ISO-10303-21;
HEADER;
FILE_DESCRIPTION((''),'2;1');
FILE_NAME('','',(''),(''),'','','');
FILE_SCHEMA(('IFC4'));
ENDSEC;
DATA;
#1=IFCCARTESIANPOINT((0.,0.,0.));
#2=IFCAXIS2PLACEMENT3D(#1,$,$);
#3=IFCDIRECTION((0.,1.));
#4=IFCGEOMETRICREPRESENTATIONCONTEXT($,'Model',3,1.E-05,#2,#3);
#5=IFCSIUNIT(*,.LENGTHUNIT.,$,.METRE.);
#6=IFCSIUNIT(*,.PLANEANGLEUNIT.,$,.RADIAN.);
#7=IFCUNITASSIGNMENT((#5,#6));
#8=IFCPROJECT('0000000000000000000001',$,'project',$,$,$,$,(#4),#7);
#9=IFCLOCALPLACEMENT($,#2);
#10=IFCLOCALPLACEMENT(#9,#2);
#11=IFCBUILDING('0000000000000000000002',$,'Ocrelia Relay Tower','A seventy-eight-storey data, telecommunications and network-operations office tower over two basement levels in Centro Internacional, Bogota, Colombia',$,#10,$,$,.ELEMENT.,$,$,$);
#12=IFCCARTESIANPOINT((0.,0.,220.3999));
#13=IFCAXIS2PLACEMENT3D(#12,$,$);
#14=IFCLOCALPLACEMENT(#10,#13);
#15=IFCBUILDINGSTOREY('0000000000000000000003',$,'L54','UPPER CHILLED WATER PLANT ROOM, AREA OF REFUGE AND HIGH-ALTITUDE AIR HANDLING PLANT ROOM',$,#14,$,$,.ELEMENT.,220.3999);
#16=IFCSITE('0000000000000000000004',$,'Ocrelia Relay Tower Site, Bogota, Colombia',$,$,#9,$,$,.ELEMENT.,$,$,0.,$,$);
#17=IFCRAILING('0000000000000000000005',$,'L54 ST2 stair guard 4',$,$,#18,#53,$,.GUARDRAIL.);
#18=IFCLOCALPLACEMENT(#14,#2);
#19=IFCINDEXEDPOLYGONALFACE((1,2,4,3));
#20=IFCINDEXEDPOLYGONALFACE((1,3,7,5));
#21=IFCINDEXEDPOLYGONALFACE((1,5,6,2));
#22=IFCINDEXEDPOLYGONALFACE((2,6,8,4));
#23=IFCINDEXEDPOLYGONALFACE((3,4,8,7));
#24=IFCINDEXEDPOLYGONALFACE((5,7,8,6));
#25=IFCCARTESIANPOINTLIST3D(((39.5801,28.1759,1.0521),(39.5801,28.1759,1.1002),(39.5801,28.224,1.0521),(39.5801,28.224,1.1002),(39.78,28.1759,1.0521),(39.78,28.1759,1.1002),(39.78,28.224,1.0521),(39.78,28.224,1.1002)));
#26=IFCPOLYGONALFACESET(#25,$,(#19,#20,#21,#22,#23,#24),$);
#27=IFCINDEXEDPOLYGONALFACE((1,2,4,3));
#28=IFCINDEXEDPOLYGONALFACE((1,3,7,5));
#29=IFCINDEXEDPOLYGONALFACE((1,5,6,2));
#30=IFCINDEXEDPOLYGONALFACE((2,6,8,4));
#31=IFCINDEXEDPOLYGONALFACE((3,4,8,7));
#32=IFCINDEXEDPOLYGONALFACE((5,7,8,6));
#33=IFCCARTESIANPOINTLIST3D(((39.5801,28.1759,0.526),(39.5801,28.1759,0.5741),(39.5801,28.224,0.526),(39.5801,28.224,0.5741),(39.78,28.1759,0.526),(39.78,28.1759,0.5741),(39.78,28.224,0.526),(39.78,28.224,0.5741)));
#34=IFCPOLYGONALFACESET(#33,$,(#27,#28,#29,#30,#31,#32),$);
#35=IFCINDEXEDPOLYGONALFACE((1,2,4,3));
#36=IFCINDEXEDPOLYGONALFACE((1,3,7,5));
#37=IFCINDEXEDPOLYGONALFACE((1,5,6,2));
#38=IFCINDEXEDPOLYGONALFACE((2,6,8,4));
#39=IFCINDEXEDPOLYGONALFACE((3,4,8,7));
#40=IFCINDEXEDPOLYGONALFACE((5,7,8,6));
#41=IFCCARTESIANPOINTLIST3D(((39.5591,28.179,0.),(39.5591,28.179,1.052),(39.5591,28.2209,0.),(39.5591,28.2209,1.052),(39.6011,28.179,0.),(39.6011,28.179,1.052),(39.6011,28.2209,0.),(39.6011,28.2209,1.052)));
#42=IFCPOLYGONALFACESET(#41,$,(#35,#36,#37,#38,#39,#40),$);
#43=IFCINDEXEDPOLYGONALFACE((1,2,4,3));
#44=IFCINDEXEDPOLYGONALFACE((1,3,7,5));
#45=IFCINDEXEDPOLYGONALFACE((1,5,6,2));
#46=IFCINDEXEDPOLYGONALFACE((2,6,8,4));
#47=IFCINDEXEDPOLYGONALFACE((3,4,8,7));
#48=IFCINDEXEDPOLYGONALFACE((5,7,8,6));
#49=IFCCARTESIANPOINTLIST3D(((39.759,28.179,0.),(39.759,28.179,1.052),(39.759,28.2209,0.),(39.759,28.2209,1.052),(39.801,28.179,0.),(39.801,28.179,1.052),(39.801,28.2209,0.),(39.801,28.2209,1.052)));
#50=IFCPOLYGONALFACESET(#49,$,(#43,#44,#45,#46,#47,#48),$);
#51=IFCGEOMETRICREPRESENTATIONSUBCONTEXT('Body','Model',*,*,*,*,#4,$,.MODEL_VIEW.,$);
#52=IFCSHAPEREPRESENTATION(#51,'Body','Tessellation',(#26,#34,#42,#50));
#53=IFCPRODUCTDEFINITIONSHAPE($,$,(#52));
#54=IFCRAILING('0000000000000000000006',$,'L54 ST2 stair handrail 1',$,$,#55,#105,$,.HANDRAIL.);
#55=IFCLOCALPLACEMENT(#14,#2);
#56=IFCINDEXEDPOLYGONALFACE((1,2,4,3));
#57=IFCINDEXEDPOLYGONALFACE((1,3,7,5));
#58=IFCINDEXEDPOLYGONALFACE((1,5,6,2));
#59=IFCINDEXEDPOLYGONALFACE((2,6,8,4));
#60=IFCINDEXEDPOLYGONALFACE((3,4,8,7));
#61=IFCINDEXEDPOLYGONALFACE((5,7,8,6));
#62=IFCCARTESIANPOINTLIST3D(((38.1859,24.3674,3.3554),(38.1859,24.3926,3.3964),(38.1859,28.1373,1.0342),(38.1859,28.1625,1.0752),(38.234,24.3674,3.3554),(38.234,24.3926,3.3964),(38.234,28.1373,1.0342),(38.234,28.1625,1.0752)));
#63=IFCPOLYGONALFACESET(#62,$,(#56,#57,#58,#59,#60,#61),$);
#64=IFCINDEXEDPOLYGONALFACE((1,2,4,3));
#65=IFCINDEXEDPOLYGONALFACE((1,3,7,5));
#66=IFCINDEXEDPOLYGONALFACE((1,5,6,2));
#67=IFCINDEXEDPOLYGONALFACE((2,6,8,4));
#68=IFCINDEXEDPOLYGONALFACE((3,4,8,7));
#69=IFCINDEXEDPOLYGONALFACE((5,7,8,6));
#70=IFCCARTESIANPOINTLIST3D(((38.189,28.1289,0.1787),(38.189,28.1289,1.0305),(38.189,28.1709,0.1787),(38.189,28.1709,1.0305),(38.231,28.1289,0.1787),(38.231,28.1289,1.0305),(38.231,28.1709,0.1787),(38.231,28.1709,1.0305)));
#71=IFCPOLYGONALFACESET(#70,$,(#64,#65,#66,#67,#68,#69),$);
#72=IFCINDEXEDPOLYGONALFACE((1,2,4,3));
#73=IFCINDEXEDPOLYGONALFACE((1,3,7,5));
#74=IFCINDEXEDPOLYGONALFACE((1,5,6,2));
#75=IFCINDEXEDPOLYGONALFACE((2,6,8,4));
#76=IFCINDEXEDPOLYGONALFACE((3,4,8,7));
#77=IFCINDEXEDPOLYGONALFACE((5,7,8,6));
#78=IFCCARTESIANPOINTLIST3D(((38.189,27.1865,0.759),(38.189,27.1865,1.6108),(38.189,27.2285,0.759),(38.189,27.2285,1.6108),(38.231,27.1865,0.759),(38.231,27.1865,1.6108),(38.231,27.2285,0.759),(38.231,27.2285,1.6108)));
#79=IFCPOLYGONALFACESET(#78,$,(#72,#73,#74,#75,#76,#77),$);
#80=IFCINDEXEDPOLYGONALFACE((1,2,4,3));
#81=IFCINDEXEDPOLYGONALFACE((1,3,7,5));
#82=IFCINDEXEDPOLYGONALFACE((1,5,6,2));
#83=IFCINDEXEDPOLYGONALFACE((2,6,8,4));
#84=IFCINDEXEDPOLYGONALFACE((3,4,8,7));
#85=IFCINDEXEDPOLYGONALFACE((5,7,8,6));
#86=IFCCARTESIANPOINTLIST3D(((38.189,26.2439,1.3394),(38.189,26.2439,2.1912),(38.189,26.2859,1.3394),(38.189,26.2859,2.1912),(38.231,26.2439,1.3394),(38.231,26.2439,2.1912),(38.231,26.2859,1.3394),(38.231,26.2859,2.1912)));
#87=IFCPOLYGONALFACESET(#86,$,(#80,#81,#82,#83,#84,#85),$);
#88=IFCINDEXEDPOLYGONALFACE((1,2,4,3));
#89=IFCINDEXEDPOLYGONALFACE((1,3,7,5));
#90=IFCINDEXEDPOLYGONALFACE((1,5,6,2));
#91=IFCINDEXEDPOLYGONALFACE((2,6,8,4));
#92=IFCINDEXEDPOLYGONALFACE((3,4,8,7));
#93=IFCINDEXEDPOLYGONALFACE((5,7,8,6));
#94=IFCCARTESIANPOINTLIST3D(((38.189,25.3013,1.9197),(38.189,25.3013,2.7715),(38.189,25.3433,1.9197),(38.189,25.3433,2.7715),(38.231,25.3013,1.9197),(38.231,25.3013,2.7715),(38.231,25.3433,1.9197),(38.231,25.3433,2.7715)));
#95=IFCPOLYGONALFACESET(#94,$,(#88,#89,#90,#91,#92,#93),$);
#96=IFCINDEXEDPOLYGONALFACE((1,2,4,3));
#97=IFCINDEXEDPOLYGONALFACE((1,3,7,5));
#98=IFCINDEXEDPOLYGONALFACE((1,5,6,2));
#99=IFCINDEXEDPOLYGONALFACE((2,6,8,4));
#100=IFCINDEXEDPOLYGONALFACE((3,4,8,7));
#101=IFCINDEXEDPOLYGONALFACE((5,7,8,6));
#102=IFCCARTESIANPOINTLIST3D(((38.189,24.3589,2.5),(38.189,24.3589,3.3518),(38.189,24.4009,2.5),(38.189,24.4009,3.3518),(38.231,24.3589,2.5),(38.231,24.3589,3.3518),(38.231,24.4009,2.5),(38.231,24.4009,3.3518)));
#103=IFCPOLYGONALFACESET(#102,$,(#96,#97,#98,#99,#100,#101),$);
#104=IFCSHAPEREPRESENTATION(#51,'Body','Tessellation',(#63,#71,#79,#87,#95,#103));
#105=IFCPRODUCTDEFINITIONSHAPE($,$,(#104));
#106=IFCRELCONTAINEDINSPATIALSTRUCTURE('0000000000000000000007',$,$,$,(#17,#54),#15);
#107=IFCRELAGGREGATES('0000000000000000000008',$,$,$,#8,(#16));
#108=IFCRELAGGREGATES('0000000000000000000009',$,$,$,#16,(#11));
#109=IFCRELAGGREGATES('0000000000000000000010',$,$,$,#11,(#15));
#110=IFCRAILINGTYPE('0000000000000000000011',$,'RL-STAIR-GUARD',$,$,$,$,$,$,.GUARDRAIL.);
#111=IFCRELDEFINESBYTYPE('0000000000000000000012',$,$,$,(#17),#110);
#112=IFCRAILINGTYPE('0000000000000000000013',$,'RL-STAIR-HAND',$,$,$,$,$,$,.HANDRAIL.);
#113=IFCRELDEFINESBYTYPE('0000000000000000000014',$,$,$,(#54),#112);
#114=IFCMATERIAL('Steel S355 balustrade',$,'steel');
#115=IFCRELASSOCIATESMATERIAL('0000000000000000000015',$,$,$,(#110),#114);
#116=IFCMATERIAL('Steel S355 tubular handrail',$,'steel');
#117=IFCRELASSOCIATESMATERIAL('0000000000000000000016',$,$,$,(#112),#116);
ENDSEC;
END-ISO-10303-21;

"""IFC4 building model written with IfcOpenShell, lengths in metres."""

from ifc_helpers import new_model, si_unit, direction, frame, origin, origin_2d, place, context, subcontext, project, spatial, rectangle, extrude, material, type_object, element, save


model = new_model("IFC4")

# Units and contexts
model_context = context("Model", 3, precision=1e-05, world=origin(), true_north=direction((0.0, 1.0)))
body_context = subcontext(model_context, "Body", "Model", "MODEL_VIEW")
ifc_project = project(units=[si_unit("LENGTHUNIT", "METRE"), si_unit("PLANEANGLEUNIT", "RADIAN")], contexts=[model_context])

# Site, building, storey
site_placement = place(None, origin())
site = spatial("IfcSite", under=ifc_project, at=site_placement, Name="Ocrelia Relay Tower Site, Bogota, Colombia", CompositionType="ELEMENT", RefElevation=0.0)
building_placement = place(site_placement, origin())
building = spatial("IfcBuilding", under=site, at=building_placement, Name="Ocrelia Relay Tower", Description="A seventy-eight-storey data, telecommunications and network-operations office tower over two basement levels in Centro Internacional, Bogota, Colombia", CompositionType="ELEMENT")
storey_placement = place(building_placement, frame((0.0, 0.0, 220.3999)))
storey = spatial("IfcBuildingStorey", under=building, at=storey_placement, Name="L54", Description="UPPER CHILLED WATER PLANT ROOM, AREA OF REFUGE AND HIGH-ALTITUDE AIR HANDLING PLANT ROOM", CompositionType="ELEMENT", Elevation=220.3999)

# Railings
ifc_material_1 = material(Name="Steel S355 balustrade", Category="steel")
railing_type_1 = type_object("IfcRailingType", Name="RL-STAIR-GUARD", PredefinedType="GUARDRAIL", material=ifc_material_1)
railing_1_placement = place(storey_placement, frame((39.5801, 28.2, 0.0)))
element("IfcRailing", 1, at=railing_1_placement, inside=storey, type_object=railing_type_1, Name="L54 ST2 stair guard 4", PredefinedType="GUARDRAIL", context=body_context, shape_type="SweptSolid", body=[
    extrude(rectangle(XDim=0.0481, YDim=0.0481, at=origin_2d()), frame((0.0, 0.0, 1.0762), z_axis=(1.0, 0.0, 0.0), x_axis=(0.0, 1.0, 0.0)), (0.0, 0.0, 1.0), 0.2),
    extrude(rectangle(XDim=0.0481, YDim=0.0481, at=origin_2d()), frame((0.0, 0.0, 0.55), z_axis=(1.0, 0.0, 0.0), x_axis=(0.0, 1.0, 0.0)), (0.0, 0.0, 1.0), 0.2),
    extrude(rectangle(XDim=0.042, YDim=0.042, at=origin_2d()), origin(), (0.0, 0.0, 1.0), 1.052),
    extrude(rectangle(XDim=0.042, YDim=0.042, at=origin_2d()), frame((0.2, 0.0, 0.0)), (0.0, 0.0, 1.0), 1.052),
])
ifc_material_2 = material(Name="Steel S355 tubular handrail", Category="steel")
railing_type_2 = type_object("IfcRailingType", Name="RL-STAIR-HAND", PredefinedType="HANDRAIL", material=ifc_material_2)
railing_2_placement = place(storey_placement, frame((38.21, 28.1499, 0.1787)))
element("IfcRailing", 2, at=railing_2_placement, inside=storey, type_object=railing_type_2, Name="L54 ST2 stair handrail 1", PredefinedType="HANDRAIL", context=body_context, shape_type="SweptSolid", body=[
    extrude(rectangle(XDim=0.0481, YDim=0.0481, at=origin_2d()), frame((0.0, 0.0, 0.876), z_axis=(0.0, -0.85153, 0.524307), x_axis=(1.0, 0.0, 0.0)), (0.0, 0.0, 1.0), 4.4272),
    extrude(rectangle(XDim=0.042, YDim=0.042, at=origin_2d()), origin(), (0.0, 0.0, 1.0), 0.8518),
    extrude(rectangle(XDim=0.042, YDim=0.042, at=origin_2d()), frame((0.0, -0.9424, 0.5803)), (0.0, 0.0, 1.0), 0.8518),
    extrude(rectangle(XDim=0.042, YDim=0.042, at=origin_2d()), frame((0.0, -1.885, 1.1606)), (0.0, 0.0, 1.0), 0.8518),
    extrude(rectangle(XDim=0.042, YDim=0.042, at=origin_2d()), frame((0.0, -2.8276, 1.741)), (0.0, 0.0, 1.0), 0.8518),
    extrude(rectangle(XDim=0.042, YDim=0.042, at=origin_2d()), frame((0.0, -3.77, 2.3213)), (0.0, 0.0, 1.0), 0.8518),
])

save(model, "model.ifc")
